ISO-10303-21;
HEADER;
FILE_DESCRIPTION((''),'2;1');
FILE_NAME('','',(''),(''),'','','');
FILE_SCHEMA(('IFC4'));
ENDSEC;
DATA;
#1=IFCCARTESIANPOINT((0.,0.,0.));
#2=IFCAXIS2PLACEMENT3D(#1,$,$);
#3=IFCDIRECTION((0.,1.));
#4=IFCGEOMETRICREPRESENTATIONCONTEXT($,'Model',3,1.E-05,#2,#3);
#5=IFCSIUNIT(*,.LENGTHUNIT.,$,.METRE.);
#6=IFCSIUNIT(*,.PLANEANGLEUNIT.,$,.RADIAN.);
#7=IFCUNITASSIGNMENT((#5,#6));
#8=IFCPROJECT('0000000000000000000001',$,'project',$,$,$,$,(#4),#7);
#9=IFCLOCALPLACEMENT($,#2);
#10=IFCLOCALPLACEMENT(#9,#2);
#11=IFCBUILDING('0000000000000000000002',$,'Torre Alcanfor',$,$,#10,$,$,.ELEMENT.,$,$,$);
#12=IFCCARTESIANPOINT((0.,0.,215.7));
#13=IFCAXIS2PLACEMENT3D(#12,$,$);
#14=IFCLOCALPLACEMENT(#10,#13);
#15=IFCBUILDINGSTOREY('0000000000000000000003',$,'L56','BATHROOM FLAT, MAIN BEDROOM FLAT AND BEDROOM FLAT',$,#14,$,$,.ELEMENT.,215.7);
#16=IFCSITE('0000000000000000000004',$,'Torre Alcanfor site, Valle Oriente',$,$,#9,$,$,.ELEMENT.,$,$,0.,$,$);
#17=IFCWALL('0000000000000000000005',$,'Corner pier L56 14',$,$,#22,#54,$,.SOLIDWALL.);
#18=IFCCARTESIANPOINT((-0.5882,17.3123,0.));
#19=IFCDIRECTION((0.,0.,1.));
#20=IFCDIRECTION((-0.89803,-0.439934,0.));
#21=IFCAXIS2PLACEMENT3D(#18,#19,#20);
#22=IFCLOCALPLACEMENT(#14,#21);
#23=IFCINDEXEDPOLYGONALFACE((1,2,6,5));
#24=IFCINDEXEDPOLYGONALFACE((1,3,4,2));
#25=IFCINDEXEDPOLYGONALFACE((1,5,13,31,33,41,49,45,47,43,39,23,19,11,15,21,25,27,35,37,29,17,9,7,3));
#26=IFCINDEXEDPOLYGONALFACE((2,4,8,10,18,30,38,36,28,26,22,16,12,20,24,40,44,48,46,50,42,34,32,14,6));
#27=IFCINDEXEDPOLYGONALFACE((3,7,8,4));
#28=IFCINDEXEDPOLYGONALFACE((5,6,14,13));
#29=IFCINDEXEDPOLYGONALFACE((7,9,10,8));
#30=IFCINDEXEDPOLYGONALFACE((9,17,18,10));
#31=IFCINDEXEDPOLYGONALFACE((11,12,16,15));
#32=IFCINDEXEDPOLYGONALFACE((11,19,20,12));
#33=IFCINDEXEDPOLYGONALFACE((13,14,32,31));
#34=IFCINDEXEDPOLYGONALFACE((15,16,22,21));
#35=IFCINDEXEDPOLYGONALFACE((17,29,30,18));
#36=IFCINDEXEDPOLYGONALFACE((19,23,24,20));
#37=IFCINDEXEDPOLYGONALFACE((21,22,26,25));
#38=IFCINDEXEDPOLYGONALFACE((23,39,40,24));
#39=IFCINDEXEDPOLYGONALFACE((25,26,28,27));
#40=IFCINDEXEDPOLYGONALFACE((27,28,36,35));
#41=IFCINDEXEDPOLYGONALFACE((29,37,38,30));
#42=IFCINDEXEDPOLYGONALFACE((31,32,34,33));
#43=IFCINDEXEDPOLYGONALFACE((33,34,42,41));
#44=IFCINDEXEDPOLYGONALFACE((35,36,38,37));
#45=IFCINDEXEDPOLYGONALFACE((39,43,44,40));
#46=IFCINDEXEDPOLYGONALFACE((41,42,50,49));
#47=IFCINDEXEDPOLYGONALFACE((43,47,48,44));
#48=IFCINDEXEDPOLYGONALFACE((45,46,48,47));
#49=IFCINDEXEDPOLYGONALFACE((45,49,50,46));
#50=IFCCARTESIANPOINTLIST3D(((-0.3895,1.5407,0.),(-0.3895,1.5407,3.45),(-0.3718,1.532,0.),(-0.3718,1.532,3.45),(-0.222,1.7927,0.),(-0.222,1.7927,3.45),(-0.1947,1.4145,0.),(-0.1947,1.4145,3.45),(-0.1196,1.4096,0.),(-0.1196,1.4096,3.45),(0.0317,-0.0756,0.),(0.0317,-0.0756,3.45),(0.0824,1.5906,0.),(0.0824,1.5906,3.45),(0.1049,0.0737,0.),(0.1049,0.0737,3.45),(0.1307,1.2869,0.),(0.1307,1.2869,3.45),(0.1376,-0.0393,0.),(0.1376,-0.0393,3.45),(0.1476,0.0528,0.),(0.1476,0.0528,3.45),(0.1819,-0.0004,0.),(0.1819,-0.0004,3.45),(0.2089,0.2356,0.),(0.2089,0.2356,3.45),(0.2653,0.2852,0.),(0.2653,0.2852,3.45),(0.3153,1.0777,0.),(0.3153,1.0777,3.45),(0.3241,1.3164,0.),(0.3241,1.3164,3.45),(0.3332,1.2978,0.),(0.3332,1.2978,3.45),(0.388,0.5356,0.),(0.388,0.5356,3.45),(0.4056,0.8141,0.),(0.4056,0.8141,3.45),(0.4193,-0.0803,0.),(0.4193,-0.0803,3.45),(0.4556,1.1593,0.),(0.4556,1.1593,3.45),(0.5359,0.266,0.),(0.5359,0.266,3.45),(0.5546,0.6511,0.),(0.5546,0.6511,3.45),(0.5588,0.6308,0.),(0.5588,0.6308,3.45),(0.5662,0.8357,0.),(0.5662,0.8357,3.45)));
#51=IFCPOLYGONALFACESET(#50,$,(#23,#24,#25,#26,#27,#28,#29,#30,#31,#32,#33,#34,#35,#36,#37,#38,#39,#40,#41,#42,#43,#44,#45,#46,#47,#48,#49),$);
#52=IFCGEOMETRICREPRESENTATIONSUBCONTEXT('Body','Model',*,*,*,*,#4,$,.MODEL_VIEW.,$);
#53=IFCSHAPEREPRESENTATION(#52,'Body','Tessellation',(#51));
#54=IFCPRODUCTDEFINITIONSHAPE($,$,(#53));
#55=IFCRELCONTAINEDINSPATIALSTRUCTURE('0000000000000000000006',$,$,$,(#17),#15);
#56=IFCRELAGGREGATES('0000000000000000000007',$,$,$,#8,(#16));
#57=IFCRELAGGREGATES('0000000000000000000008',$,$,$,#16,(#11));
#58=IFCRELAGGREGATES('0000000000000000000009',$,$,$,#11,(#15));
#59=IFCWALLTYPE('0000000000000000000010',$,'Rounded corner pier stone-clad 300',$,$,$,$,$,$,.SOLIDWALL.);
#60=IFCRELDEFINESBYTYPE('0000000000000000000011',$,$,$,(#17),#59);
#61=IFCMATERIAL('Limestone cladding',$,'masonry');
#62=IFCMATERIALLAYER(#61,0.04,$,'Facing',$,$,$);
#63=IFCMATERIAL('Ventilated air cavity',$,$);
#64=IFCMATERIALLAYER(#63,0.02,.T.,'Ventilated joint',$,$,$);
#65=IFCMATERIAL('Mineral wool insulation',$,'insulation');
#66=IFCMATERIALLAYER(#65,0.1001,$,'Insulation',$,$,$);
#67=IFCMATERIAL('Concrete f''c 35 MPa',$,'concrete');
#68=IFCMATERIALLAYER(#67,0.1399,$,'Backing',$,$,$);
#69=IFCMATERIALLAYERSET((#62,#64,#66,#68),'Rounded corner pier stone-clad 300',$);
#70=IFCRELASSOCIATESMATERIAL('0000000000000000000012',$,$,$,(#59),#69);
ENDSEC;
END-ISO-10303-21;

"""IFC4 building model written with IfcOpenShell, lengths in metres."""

from ifc_helpers import new_model, si_unit, direction, frame, origin, place, context, subcontext, project, spatial, polyline, outline, extrude, material, layer, layer_set, type_object, element, save


model = new_model("IFC4")

# Units and contexts
model_context = context("Model", 3, precision=1e-05, world=origin(), true_north=direction((0.0, 1.0)))
body_context = subcontext(model_context, "Body", "Model", "MODEL_VIEW")
ifc_project = project(units=[si_unit("LENGTHUNIT", "METRE"), si_unit("PLANEANGLEUNIT", "RADIAN")], contexts=[model_context])

# Site, building, storey
site_placement = place(None, origin())
site = spatial("IfcSite", under=ifc_project, at=site_placement, Name="Torre Alcanfor site, Valle Oriente", CompositionType="ELEMENT", RefElevation=0.0)
building_placement = place(site_placement, origin())
building = spatial("IfcBuilding", under=site, at=building_placement, Name="Torre Alcanfor", CompositionType="ELEMENT")
storey_placement = place(building_placement, frame((0.0, 0.0, 215.7)))
storey = spatial("IfcBuildingStorey", under=building, at=storey_placement, Name="L56", Description="BATHROOM FLAT, MAIN BEDROOM FLAT AND BEDROOM FLAT", CompositionType="ELEMENT", Elevation=215.7)

# Wall
ifc_material_1 = material(Name="Limestone cladding", Category="masonry")
ifc_layer_1 = layer(ifc_material_1, 0.04, Name="Facing")
ifc_material_2 = material(Name="Ventilated air cavity")
ifc_layer_2 = layer(ifc_material_2, 0.02, ventilated=True, Name="Ventilated joint")
ifc_material_3 = material(Name="Mineral wool insulation", Category="insulation")
ifc_layer_3 = layer(ifc_material_3, 0.1001, Name="Insulation")
ifc_material_4 = material(Name="Concrete f'c 35 MPa", Category="concrete")
ifc_layer_4 = layer(ifc_material_4, 0.1399, Name="Backing")
ifc_layer_set_1 = layer_set([ifc_layer_1, ifc_layer_2, ifc_layer_3, ifc_layer_4], Name="Rounded corner pier stone-clad 300")
wall_type_1 = type_object("IfcWallType", Name="Rounded corner pier stone-clad 300", PredefinedType="SOLIDWALL", material=ifc_layer_set_1)
wall_1_placement = place(storey_placement, frame((-0.5882, 17.3123, 0.0), z_axis=(0.0, 0.0, 1.0), x_axis=(-0.89803, -0.439934, 0.0)))
element("IfcWall", 1, at=wall_1_placement, inside=storey, type_object=wall_type_1, Name="Corner pier L56 14", PredefinedType="SOLIDWALL", context=body_context, shape_type="SweptSolid", body=[
    extrude(outline(polyline([(-0.222, 1.7927), (-0.3895, 1.5407), (-0.3718, 1.532), (-0.1947, 1.4145), (-0.1196, 1.4096), (0.1307, 1.2869), (0.3153, 1.0777), (0.4056, 0.8141), (0.388, 0.5356), (0.2653, 0.2852), (0.2089, 0.2356), (0.1476, 0.0528), (0.1049, 0.0737), (0.0317, -0.0756), (0.1376, -0.0393), (0.1819, -0.0004), (0.4193, -0.0803), (0.5359, 0.266), (0.5588, 0.6308), (0.5546, 0.6511), (0.5662, 0.8357), (0.4556, 1.1593), (0.3332, 1.2978), (0.3241, 1.3164), (0.0824, 1.5906), (-0.222, 1.7927)])), origin(), (0.0, 0.0, 1.0), 3.45),
])

save(model, "model.ifc")
